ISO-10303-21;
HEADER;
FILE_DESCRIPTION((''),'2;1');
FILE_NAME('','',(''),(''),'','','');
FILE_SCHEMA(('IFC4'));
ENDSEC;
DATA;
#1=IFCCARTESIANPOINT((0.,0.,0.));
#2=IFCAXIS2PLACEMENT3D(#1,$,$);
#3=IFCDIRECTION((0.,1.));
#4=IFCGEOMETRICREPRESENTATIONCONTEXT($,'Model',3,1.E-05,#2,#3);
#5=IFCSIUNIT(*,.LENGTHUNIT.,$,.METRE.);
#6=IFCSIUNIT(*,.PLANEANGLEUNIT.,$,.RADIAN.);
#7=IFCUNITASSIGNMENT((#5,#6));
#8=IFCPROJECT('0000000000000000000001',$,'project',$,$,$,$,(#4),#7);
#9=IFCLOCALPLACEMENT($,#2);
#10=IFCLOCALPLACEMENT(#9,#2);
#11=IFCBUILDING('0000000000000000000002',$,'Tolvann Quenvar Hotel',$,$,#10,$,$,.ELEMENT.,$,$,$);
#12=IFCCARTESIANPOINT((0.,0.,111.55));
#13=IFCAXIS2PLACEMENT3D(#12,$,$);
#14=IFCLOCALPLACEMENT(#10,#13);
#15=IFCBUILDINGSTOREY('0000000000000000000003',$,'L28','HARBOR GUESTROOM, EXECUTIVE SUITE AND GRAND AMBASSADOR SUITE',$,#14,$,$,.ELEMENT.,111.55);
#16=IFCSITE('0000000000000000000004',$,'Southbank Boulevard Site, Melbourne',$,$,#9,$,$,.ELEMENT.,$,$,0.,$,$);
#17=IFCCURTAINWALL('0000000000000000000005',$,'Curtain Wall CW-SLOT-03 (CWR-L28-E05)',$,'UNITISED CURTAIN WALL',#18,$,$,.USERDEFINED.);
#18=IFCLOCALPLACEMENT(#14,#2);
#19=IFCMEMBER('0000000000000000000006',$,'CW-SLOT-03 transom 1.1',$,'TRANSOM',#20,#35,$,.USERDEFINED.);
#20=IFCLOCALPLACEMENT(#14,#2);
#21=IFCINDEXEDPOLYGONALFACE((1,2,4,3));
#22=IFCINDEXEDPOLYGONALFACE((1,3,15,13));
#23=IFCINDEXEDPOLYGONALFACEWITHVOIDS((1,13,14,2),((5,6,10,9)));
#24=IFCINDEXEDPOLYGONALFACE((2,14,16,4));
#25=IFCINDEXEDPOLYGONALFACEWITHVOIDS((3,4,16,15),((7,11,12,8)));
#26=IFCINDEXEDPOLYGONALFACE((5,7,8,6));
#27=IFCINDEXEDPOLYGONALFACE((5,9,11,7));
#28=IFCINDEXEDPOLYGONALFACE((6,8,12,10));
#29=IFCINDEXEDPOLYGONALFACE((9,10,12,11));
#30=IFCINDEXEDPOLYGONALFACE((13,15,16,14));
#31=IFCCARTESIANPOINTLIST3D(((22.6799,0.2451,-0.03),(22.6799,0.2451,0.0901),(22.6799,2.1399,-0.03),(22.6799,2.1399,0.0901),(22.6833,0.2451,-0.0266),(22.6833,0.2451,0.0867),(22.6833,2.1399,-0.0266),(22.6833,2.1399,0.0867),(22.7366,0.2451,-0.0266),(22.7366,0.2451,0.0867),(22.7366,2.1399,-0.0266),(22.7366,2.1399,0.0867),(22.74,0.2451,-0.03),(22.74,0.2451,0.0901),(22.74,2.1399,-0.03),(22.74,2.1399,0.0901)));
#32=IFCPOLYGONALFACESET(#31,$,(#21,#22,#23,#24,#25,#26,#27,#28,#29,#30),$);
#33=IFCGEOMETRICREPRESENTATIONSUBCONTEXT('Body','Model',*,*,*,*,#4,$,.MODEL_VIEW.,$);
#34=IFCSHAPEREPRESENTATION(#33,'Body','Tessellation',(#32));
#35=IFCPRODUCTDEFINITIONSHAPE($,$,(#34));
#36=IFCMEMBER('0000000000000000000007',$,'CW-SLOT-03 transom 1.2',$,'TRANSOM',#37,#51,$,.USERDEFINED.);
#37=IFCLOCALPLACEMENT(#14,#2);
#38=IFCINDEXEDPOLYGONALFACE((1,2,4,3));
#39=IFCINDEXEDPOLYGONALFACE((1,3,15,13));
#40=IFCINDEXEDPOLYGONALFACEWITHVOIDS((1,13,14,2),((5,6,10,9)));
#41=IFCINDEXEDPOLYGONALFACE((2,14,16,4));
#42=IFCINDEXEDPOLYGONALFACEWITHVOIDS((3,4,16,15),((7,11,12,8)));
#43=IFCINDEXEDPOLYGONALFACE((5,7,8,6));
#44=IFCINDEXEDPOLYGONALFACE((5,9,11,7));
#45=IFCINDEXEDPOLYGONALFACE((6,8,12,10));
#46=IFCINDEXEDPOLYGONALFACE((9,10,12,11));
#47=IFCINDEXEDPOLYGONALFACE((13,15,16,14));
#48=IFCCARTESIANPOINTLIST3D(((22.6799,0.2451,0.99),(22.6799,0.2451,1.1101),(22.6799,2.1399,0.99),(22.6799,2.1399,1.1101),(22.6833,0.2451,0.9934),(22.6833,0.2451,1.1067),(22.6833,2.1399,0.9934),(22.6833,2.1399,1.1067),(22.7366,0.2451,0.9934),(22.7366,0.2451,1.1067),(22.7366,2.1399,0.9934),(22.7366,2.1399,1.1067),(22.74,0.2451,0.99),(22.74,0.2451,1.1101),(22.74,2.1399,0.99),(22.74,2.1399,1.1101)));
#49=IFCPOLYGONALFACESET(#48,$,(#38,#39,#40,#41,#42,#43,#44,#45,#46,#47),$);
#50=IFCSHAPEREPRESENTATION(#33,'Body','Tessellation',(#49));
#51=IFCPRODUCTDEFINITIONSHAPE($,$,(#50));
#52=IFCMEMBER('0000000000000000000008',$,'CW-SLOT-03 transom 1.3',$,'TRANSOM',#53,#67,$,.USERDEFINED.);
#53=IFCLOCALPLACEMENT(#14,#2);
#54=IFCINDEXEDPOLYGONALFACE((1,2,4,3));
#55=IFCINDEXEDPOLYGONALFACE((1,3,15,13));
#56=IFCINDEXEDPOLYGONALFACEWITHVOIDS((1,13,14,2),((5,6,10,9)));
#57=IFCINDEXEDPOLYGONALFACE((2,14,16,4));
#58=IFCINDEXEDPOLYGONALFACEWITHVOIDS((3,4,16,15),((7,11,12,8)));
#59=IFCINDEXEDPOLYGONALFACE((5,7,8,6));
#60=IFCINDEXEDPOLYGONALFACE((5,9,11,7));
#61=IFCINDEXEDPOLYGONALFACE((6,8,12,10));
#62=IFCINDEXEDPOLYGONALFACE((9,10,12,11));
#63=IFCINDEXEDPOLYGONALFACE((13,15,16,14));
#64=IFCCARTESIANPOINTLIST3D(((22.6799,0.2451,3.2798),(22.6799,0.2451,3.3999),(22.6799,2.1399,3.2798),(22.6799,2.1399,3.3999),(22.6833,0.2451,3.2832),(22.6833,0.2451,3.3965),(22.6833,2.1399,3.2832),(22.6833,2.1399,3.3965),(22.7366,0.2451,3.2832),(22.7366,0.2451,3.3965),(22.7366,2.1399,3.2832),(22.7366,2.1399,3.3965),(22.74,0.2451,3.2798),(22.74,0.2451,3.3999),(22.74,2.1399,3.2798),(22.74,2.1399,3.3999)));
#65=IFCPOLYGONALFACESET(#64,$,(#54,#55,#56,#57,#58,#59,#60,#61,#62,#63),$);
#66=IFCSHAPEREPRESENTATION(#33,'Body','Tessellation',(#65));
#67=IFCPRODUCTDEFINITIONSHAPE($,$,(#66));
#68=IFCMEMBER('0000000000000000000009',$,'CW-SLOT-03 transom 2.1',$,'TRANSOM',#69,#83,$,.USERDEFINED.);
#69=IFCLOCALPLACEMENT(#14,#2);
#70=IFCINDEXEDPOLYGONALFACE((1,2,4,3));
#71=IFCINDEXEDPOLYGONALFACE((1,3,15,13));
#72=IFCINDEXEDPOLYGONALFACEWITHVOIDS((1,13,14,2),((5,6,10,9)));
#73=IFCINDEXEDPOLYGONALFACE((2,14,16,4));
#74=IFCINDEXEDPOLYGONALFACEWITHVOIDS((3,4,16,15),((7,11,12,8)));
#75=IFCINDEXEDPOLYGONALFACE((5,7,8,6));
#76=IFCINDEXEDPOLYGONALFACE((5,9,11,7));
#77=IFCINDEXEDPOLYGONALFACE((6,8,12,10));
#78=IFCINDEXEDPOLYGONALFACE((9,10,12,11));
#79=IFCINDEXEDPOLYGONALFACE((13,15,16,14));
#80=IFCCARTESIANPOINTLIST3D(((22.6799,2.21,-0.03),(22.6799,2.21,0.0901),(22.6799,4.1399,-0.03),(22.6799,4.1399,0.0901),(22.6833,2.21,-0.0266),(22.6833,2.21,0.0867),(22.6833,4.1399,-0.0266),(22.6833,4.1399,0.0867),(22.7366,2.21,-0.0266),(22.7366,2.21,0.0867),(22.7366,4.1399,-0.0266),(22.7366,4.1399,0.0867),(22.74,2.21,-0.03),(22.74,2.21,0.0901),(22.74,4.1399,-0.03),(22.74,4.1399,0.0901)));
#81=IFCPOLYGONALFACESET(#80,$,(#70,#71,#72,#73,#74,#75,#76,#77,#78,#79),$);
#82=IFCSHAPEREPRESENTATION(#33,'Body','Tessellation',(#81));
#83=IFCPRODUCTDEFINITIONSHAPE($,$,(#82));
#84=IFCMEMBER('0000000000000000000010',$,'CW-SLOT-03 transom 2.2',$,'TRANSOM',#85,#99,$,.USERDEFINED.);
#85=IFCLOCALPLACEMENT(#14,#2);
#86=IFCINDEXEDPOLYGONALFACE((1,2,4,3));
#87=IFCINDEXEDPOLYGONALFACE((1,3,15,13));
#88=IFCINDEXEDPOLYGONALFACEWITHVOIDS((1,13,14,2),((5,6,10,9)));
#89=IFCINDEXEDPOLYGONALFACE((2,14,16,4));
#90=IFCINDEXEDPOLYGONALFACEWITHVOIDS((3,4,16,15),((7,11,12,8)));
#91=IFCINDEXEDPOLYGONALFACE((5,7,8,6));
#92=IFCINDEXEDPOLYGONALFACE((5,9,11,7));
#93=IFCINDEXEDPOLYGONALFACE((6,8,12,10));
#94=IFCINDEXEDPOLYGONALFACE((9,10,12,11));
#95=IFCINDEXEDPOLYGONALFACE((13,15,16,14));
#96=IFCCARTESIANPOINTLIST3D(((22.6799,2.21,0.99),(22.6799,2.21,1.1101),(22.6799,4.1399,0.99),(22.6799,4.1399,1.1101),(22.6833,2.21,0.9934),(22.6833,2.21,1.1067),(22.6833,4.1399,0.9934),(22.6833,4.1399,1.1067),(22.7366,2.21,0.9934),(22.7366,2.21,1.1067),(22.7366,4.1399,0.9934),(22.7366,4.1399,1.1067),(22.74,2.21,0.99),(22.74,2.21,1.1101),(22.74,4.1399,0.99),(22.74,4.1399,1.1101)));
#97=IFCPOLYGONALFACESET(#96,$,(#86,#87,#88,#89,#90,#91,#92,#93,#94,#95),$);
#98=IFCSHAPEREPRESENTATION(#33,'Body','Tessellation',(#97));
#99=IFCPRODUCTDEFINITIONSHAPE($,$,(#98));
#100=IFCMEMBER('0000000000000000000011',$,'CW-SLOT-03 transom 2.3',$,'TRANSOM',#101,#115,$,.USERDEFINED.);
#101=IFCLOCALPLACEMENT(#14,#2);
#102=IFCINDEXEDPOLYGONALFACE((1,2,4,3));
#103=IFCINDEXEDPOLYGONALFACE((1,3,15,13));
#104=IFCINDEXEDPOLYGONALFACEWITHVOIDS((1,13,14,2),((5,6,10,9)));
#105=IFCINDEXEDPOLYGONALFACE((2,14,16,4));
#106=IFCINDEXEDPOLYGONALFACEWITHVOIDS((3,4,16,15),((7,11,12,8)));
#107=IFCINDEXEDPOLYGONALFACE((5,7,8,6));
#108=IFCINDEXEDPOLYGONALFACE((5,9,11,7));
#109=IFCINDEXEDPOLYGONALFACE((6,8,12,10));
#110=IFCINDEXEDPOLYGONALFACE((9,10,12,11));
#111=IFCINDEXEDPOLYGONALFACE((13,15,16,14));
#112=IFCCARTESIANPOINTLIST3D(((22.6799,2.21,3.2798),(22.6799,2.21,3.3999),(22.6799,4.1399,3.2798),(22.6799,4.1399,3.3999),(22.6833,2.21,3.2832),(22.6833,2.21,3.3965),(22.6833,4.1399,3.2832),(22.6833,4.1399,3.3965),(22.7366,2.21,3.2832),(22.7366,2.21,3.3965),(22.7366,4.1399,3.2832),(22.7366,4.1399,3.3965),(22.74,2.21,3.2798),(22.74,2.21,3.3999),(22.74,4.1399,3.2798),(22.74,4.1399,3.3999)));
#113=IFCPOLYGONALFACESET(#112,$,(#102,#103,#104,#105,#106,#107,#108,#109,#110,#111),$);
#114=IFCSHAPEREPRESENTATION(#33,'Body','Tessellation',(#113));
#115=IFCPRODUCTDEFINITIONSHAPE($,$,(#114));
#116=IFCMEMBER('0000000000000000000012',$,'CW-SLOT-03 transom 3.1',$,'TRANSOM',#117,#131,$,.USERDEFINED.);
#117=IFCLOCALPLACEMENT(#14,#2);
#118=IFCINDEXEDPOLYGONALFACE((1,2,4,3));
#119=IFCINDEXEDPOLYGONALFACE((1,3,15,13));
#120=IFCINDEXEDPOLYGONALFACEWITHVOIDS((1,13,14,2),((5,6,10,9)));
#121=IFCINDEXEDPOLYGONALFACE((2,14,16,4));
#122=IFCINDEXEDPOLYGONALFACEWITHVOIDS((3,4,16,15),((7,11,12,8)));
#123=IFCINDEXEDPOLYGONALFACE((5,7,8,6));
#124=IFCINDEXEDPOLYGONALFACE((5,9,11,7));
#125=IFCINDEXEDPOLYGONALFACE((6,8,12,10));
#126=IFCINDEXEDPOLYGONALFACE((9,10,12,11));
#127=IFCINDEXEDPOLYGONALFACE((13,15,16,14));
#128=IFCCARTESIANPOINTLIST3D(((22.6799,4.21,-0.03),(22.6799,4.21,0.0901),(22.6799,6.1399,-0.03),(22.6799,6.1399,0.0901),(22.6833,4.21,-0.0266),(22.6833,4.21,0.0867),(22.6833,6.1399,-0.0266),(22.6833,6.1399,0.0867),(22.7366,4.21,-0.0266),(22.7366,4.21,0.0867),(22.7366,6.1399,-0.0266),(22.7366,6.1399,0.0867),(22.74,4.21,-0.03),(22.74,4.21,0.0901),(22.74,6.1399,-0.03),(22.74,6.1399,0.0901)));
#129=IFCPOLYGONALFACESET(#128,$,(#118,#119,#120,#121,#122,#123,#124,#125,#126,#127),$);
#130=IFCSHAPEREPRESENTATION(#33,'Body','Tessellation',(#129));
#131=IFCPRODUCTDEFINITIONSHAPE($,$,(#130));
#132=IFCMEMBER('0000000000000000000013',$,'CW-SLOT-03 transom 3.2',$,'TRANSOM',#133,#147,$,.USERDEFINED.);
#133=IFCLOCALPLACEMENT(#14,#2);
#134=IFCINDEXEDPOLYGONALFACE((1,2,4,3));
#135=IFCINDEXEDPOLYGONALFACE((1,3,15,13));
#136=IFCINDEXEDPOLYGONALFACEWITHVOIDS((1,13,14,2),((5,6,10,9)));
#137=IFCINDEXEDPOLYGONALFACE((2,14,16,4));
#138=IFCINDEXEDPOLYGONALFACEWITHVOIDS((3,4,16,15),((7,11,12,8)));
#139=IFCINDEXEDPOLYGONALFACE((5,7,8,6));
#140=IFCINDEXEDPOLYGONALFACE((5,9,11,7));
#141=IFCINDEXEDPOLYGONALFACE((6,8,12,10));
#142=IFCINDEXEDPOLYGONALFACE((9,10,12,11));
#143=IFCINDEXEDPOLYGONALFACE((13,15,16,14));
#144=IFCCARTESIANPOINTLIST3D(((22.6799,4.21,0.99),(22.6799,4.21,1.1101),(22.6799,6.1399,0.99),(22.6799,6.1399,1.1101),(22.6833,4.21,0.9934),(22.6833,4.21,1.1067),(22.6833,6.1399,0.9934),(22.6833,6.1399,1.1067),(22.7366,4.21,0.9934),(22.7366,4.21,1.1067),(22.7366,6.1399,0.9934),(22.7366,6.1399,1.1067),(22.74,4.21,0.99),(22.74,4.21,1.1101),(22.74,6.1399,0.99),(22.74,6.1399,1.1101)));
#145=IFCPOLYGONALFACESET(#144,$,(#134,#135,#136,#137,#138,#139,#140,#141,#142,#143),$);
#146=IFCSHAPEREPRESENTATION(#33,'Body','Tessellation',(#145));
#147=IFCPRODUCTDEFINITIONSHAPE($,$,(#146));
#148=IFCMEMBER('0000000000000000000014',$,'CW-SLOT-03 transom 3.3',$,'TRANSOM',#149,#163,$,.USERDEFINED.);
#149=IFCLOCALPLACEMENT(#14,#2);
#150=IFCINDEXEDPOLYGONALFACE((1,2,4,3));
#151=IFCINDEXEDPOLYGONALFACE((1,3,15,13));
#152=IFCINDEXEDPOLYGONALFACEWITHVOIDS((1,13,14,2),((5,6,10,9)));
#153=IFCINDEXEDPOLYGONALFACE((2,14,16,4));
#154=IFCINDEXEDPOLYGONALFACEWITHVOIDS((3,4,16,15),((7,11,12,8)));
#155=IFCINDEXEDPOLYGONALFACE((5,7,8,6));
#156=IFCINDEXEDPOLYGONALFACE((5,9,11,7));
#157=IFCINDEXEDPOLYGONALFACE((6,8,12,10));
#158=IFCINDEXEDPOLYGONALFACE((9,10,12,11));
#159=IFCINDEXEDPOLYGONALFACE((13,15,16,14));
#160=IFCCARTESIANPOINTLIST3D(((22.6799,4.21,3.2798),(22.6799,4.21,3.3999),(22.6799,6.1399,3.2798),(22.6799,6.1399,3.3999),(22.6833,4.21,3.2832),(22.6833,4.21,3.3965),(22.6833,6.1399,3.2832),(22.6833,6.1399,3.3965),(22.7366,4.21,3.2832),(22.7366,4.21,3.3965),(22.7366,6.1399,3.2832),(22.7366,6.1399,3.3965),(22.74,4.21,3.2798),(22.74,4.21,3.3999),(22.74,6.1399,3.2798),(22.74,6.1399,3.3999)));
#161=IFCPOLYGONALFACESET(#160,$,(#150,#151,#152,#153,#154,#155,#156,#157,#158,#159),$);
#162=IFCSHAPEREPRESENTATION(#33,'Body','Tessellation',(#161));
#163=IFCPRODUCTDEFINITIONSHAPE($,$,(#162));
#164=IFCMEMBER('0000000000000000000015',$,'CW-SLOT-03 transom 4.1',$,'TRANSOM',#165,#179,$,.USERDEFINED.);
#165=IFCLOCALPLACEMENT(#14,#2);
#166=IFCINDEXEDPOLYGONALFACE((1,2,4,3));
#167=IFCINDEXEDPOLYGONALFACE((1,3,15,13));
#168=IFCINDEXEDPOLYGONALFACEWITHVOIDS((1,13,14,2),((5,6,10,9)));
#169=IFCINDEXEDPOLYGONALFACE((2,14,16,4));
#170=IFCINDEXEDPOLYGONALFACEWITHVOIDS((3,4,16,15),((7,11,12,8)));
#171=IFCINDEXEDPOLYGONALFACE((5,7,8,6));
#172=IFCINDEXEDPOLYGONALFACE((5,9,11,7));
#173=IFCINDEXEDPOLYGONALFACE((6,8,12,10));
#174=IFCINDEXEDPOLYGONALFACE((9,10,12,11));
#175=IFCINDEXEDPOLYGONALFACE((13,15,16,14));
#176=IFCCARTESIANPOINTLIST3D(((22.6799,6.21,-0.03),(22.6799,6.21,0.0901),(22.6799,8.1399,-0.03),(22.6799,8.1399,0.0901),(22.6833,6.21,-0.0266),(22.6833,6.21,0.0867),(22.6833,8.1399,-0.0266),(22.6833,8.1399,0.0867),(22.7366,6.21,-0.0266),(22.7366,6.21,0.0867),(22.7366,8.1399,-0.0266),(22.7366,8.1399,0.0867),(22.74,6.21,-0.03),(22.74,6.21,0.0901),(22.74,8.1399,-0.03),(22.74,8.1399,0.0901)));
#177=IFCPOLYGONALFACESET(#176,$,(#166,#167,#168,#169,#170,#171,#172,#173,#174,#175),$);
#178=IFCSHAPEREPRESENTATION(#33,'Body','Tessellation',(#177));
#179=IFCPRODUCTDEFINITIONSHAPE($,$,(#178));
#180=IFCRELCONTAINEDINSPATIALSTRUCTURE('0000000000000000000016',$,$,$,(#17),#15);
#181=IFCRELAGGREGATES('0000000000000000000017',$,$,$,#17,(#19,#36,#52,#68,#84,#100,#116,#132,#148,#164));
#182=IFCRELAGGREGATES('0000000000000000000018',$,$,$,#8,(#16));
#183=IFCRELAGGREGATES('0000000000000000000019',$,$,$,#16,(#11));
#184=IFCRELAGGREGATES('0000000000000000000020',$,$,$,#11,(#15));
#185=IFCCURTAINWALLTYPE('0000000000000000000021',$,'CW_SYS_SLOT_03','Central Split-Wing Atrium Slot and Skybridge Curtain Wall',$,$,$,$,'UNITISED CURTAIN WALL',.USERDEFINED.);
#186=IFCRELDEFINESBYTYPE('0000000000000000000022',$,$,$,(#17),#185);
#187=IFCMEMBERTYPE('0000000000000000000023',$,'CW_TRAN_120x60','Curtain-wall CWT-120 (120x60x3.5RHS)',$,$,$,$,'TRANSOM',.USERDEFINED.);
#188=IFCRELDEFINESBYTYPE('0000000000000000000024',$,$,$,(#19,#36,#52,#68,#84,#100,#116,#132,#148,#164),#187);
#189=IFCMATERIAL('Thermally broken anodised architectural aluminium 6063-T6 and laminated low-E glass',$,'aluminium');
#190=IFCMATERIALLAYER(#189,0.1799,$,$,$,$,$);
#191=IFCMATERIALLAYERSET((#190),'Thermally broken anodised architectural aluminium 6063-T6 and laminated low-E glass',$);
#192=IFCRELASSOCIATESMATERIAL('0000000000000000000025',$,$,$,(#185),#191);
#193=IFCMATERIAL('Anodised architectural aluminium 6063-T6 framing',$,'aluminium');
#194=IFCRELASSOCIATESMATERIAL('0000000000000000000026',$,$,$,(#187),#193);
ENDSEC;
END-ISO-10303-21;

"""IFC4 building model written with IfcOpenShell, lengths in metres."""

from ifc_helpers import new_model, si_unit, direction, frame, origin, origin_2d, place, context, subcontext, project, spatial, hollow_rectangle, extrude, source, transform, mapped, material, layer, layer_set, material_profile, profile_set, type_object, type_shapes, element, aggregate, save


model = new_model("IFC4")

# Units and contexts
model_context = context("Model", 3, precision=1e-05, world=origin(), true_north=direction((0.0, 1.0)))
body_context = subcontext(model_context, "Body", "Model", "MODEL_VIEW")
ifc_project = project(units=[si_unit("LENGTHUNIT", "METRE"), si_unit("PLANEANGLEUNIT", "RADIAN")], contexts=[model_context])

# Site, building, storey
site_placement = place(None, origin())
site = spatial("IfcSite", under=ifc_project, at=site_placement, Name="Southbank Boulevard Site, Melbourne", CompositionType="ELEMENT", RefElevation=0.0)
building_placement = place(site_placement, origin())
building = spatial("IfcBuilding", under=site, at=building_placement, Name="Tolvann Quenvar Hotel", CompositionType="ELEMENT")
storey_placement = place(building_placement, frame((0.0, 0.0, 111.55)))
storey = spatial("IfcBuildingStorey", under=building, at=storey_placement, Name="L28", Description="HARBOR GUESTROOM, EXECUTIVE SUITE AND GRAND AMBASSADOR SUITE", CompositionType="ELEMENT", Elevation=111.55)

# Curtain wall, members
ifc_material_1 = material(Name="Thermally broken anodised architectural aluminium 6063-T6 and laminated low-E glass", Category="aluminium")
ifc_layer_1 = layer(ifc_material_1, 0.1799)
ifc_layer_set_1 = layer_set([ifc_layer_1], Name="Thermally broken anodised architectural aluminium 6063-T6 and laminated low-E glass")
curtain_wall_type = type_object("IfcCurtainWallType", Name="CW_SYS_SLOT_03", Description="Central Split-Wing Atrium Slot and Skybridge Curtain Wall", ElementType="UNITISED CURTAIN WALL", PredefinedType="USERDEFINED", material=ifc_layer_set_1)
curtain_wall_placement = place(storey_placement, origin())
curtain_wall = element("IfcCurtainWall", 1, at=curtain_wall_placement, inside=storey, type_object=curtain_wall_type, Name="Curtain Wall CW-SLOT-03 (CWR-L28-E05)", ObjectType="UNITISED CURTAIN WALL", PredefinedType="USERDEFINED")
ifc_material_2 = material(Name="Anodised architectural aluminium 6063-T6 framing", Category="aluminium")
ifc_material_profile_1 = material_profile(ifc_material_2, hollow_rectangle(XDim=0.0601, YDim=0.1201, WallThickness=0.0034, at=origin_2d()), Name="120x60x3.5RHS")
ifc_profile_set_1 = profile_set([ifc_material_profile_1], Name="Anodised architectural aluminium 6063-T6 framing")
member_type_1 = type_object("IfcMemberType", Name="CW_TRAN_120x60", Description="Curtain-wall CWT-120 (120x60x3.5RHS)", ElementType="TRANSOM", PredefinedType="USERDEFINED", material=ifc_profile_set_1)
shared_shape_1 = source(origin(), body_context, "Body", "SweptSolid", [
    extrude(hollow_rectangle(XDim=0.0601, YDim=0.1201, WallThickness=0.0034, at=origin_2d()), origin(), (0.0, 0.0, 1.0), 1.8948),
])
member_1_placement = place(storey_placement, frame((22.71, 0.2451, 0.03), z_axis=(0.0, 1.0, 0.0), x_axis=(-1.0, 0.0, 0.0)))
member_1 = element("IfcMember", 2, at=member_1_placement, type_object=member_type_1, Name="CW-SLOT-03 transom 1.1", ObjectType="TRANSOM", PredefinedType="USERDEFINED", context=body_context, shape_type="MappedRepresentation", body=[
    mapped(shared_shape_1, transform((0.0, 0.0, 0.0), x_axis=(1.0, 0.0, 0.0), y_axis=(0.0, 1.0, 0.0), z_axis=(0.0, 0.0, 1.0), scale=1.0)),
])
member_2_placement = place(storey_placement, frame((22.71, 0.2451, 1.05), z_axis=(0.0, 1.0, 0.0), x_axis=(-1.0, 0.0, 0.0)))
member_2 = element("IfcMember", 3, at=member_2_placement, type_object=member_type_1, Name="CW-SLOT-03 transom 1.2", ObjectType="TRANSOM", PredefinedType="USERDEFINED", context=body_context, shape_type="MappedRepresentation", body=[
    mapped(shared_shape_1, transform((0.0, 0.0, 0.0), x_axis=(1.0, 0.0, 0.0), y_axis=(0.0, 1.0, 0.0), z_axis=(0.0, 0.0, 1.0), scale=1.0)),
])
member_3_placement = place(storey_placement, frame((22.71, 0.2451, 3.3398), z_axis=(0.0, 1.0, 0.0), x_axis=(-1.0, 0.0, 0.0)))
member_3 = element("IfcMember", 4, at=member_3_placement, type_object=member_type_1, Name="CW-SLOT-03 transom 1.3", ObjectType="TRANSOM", PredefinedType="USERDEFINED", context=body_context, shape_type="MappedRepresentation", body=[
    mapped(shared_shape_1, transform((0.0, 0.0, 0.0), x_axis=(1.0, 0.0, 0.0), y_axis=(0.0, 1.0, 0.0), z_axis=(0.0, 0.0, 1.0), scale=1.0)),
])
shared_shape_2 = source(origin(), body_context, "Body", "SweptSolid", [
    extrude(hollow_rectangle(XDim=0.0601, YDim=0.1201, WallThickness=0.0034, at=origin_2d()), origin(), (0.0, 0.0, 1.0), 1.9299),
])
type_shapes(member_type_1, [shared_shape_1, shared_shape_2])
member_4_placement = place(storey_placement, frame((22.71, 2.21, 0.03), z_axis=(0.0, 1.0, 0.0), x_axis=(-1.0, 0.0, 0.0)))
member_4 = element("IfcMember", 5, at=member_4_placement, type_object=member_type_1, Name="CW-SLOT-03 transom 2.1", ObjectType="TRANSOM", PredefinedType="USERDEFINED", context=body_context, shape_type="MappedRepresentation", body=[
    mapped(shared_shape_2, transform((0.0, 0.0, 0.0), x_axis=(1.0, 0.0, 0.0), y_axis=(0.0, 1.0, 0.0), z_axis=(0.0, 0.0, 1.0), scale=1.0)),
])
member_5_placement = place(storey_placement, frame((22.71, 2.21, 1.05), z_axis=(0.0, 1.0, 0.0), x_axis=(-1.0, 0.0, 0.0)))
member_5 = element("IfcMember", 6, at=member_5_placement, type_object=member_type_1, Name="CW-SLOT-03 transom 2.2", ObjectType="TRANSOM", PredefinedType="USERDEFINED", context=body_context, shape_type="MappedRepresentation", body=[
    mapped(shared_shape_2, transform((0.0, 0.0, 0.0), x_axis=(1.0, 0.0, 0.0), y_axis=(0.0, 1.0, 0.0), z_axis=(0.0, 0.0, 1.0), scale=1.0)),
])
member_6_placement = place(storey_placement, frame((22.71, 2.21, 3.3398), z_axis=(0.0, 1.0, 0.0), x_axis=(-1.0, 0.0, 0.0)))
member_6 = element("IfcMember", 7, at=member_6_placement, type_object=member_type_1, Name="CW-SLOT-03 transom 2.3", ObjectType="TRANSOM", PredefinedType="USERDEFINED", context=body_context, shape_type="MappedRepresentation", body=[
    mapped(shared_shape_2, transform((0.0, 0.0, 0.0), x_axis=(1.0, 0.0, 0.0), y_axis=(0.0, 1.0, 0.0), z_axis=(0.0, 0.0, 1.0), scale=1.0)),
])
member_7_placement = place(storey_placement, frame((22.71, 4.21, 0.03), z_axis=(0.0, 1.0, 0.0), x_axis=(-1.0, 0.0, 0.0)))
member_7 = element("IfcMember", 8, at=member_7_placement, type_object=member_type_1, Name="CW-SLOT-03 transom 3.1", ObjectType="TRANSOM", PredefinedType="USERDEFINED", context=body_context, shape_type="MappedRepresentation", body=[
    mapped(shared_shape_2, transform((0.0, 0.0, 0.0), x_axis=(1.0, 0.0, 0.0), y_axis=(0.0, 1.0, 0.0), z_axis=(0.0, 0.0, 1.0), scale=1.0)),
])
member_8_placement = place(storey_placement, frame((22.71, 4.21, 1.05), z_axis=(0.0, 1.0, 0.0), x_axis=(-1.0, 0.0, 0.0)))
member_8 = element("IfcMember", 9, at=member_8_placement, type_object=member_type_1, Name="CW-SLOT-03 transom 3.2", ObjectType="TRANSOM", PredefinedType="USERDEFINED", context=body_context, shape_type="MappedRepresentation", body=[
    mapped(shared_shape_2, transform((0.0, 0.0, 0.0), x_axis=(1.0, 0.0, 0.0), y_axis=(0.0, 1.0, 0.0), z_axis=(0.0, 0.0, 1.0), scale=1.0)),
])
member_9_placement = place(storey_placement, frame((22.71, 4.21, 3.3398), z_axis=(0.0, 1.0, 0.0), x_axis=(-1.0, 0.0, 0.0)))
member_9 = element("IfcMember", 10, at=member_9_placement, type_object=member_type_1, Name="CW-SLOT-03 transom 3.3", ObjectType="TRANSOM", PredefinedType="USERDEFINED", context=body_context, shape_type="MappedRepresentation", body=[
    mapped(shared_shape_2, transform((0.0, 0.0, 0.0), x_axis=(1.0, 0.0, 0.0), y_axis=(0.0, 1.0, 0.0), z_axis=(0.0, 0.0, 1.0), scale=1.0)),
])
member_10_placement = place(storey_placement, frame((22.71, 6.21, 0.03), z_axis=(0.0, 1.0, 0.0), x_axis=(-1.0, 0.0, 0.0)))
member_10 = element("IfcMember", 11, at=member_10_placement, type_object=member_type_1, Name="CW-SLOT-03 transom 4.1", ObjectType="TRANSOM", PredefinedType="USERDEFINED", context=body_context, shape_type="MappedRepresentation", body=[
    mapped(shared_shape_2, transform((0.0, 0.0, 0.0), x_axis=(1.0, 0.0, 0.0), y_axis=(0.0, 1.0, 0.0), z_axis=(0.0, 0.0, 1.0), scale=1.0)),
])
aggregate(curtain_wall, [member_1, member_2, member_3, member_4, member_5, member_6, member_7, member_8, member_9, member_10])

save(model, "model.ifc")
